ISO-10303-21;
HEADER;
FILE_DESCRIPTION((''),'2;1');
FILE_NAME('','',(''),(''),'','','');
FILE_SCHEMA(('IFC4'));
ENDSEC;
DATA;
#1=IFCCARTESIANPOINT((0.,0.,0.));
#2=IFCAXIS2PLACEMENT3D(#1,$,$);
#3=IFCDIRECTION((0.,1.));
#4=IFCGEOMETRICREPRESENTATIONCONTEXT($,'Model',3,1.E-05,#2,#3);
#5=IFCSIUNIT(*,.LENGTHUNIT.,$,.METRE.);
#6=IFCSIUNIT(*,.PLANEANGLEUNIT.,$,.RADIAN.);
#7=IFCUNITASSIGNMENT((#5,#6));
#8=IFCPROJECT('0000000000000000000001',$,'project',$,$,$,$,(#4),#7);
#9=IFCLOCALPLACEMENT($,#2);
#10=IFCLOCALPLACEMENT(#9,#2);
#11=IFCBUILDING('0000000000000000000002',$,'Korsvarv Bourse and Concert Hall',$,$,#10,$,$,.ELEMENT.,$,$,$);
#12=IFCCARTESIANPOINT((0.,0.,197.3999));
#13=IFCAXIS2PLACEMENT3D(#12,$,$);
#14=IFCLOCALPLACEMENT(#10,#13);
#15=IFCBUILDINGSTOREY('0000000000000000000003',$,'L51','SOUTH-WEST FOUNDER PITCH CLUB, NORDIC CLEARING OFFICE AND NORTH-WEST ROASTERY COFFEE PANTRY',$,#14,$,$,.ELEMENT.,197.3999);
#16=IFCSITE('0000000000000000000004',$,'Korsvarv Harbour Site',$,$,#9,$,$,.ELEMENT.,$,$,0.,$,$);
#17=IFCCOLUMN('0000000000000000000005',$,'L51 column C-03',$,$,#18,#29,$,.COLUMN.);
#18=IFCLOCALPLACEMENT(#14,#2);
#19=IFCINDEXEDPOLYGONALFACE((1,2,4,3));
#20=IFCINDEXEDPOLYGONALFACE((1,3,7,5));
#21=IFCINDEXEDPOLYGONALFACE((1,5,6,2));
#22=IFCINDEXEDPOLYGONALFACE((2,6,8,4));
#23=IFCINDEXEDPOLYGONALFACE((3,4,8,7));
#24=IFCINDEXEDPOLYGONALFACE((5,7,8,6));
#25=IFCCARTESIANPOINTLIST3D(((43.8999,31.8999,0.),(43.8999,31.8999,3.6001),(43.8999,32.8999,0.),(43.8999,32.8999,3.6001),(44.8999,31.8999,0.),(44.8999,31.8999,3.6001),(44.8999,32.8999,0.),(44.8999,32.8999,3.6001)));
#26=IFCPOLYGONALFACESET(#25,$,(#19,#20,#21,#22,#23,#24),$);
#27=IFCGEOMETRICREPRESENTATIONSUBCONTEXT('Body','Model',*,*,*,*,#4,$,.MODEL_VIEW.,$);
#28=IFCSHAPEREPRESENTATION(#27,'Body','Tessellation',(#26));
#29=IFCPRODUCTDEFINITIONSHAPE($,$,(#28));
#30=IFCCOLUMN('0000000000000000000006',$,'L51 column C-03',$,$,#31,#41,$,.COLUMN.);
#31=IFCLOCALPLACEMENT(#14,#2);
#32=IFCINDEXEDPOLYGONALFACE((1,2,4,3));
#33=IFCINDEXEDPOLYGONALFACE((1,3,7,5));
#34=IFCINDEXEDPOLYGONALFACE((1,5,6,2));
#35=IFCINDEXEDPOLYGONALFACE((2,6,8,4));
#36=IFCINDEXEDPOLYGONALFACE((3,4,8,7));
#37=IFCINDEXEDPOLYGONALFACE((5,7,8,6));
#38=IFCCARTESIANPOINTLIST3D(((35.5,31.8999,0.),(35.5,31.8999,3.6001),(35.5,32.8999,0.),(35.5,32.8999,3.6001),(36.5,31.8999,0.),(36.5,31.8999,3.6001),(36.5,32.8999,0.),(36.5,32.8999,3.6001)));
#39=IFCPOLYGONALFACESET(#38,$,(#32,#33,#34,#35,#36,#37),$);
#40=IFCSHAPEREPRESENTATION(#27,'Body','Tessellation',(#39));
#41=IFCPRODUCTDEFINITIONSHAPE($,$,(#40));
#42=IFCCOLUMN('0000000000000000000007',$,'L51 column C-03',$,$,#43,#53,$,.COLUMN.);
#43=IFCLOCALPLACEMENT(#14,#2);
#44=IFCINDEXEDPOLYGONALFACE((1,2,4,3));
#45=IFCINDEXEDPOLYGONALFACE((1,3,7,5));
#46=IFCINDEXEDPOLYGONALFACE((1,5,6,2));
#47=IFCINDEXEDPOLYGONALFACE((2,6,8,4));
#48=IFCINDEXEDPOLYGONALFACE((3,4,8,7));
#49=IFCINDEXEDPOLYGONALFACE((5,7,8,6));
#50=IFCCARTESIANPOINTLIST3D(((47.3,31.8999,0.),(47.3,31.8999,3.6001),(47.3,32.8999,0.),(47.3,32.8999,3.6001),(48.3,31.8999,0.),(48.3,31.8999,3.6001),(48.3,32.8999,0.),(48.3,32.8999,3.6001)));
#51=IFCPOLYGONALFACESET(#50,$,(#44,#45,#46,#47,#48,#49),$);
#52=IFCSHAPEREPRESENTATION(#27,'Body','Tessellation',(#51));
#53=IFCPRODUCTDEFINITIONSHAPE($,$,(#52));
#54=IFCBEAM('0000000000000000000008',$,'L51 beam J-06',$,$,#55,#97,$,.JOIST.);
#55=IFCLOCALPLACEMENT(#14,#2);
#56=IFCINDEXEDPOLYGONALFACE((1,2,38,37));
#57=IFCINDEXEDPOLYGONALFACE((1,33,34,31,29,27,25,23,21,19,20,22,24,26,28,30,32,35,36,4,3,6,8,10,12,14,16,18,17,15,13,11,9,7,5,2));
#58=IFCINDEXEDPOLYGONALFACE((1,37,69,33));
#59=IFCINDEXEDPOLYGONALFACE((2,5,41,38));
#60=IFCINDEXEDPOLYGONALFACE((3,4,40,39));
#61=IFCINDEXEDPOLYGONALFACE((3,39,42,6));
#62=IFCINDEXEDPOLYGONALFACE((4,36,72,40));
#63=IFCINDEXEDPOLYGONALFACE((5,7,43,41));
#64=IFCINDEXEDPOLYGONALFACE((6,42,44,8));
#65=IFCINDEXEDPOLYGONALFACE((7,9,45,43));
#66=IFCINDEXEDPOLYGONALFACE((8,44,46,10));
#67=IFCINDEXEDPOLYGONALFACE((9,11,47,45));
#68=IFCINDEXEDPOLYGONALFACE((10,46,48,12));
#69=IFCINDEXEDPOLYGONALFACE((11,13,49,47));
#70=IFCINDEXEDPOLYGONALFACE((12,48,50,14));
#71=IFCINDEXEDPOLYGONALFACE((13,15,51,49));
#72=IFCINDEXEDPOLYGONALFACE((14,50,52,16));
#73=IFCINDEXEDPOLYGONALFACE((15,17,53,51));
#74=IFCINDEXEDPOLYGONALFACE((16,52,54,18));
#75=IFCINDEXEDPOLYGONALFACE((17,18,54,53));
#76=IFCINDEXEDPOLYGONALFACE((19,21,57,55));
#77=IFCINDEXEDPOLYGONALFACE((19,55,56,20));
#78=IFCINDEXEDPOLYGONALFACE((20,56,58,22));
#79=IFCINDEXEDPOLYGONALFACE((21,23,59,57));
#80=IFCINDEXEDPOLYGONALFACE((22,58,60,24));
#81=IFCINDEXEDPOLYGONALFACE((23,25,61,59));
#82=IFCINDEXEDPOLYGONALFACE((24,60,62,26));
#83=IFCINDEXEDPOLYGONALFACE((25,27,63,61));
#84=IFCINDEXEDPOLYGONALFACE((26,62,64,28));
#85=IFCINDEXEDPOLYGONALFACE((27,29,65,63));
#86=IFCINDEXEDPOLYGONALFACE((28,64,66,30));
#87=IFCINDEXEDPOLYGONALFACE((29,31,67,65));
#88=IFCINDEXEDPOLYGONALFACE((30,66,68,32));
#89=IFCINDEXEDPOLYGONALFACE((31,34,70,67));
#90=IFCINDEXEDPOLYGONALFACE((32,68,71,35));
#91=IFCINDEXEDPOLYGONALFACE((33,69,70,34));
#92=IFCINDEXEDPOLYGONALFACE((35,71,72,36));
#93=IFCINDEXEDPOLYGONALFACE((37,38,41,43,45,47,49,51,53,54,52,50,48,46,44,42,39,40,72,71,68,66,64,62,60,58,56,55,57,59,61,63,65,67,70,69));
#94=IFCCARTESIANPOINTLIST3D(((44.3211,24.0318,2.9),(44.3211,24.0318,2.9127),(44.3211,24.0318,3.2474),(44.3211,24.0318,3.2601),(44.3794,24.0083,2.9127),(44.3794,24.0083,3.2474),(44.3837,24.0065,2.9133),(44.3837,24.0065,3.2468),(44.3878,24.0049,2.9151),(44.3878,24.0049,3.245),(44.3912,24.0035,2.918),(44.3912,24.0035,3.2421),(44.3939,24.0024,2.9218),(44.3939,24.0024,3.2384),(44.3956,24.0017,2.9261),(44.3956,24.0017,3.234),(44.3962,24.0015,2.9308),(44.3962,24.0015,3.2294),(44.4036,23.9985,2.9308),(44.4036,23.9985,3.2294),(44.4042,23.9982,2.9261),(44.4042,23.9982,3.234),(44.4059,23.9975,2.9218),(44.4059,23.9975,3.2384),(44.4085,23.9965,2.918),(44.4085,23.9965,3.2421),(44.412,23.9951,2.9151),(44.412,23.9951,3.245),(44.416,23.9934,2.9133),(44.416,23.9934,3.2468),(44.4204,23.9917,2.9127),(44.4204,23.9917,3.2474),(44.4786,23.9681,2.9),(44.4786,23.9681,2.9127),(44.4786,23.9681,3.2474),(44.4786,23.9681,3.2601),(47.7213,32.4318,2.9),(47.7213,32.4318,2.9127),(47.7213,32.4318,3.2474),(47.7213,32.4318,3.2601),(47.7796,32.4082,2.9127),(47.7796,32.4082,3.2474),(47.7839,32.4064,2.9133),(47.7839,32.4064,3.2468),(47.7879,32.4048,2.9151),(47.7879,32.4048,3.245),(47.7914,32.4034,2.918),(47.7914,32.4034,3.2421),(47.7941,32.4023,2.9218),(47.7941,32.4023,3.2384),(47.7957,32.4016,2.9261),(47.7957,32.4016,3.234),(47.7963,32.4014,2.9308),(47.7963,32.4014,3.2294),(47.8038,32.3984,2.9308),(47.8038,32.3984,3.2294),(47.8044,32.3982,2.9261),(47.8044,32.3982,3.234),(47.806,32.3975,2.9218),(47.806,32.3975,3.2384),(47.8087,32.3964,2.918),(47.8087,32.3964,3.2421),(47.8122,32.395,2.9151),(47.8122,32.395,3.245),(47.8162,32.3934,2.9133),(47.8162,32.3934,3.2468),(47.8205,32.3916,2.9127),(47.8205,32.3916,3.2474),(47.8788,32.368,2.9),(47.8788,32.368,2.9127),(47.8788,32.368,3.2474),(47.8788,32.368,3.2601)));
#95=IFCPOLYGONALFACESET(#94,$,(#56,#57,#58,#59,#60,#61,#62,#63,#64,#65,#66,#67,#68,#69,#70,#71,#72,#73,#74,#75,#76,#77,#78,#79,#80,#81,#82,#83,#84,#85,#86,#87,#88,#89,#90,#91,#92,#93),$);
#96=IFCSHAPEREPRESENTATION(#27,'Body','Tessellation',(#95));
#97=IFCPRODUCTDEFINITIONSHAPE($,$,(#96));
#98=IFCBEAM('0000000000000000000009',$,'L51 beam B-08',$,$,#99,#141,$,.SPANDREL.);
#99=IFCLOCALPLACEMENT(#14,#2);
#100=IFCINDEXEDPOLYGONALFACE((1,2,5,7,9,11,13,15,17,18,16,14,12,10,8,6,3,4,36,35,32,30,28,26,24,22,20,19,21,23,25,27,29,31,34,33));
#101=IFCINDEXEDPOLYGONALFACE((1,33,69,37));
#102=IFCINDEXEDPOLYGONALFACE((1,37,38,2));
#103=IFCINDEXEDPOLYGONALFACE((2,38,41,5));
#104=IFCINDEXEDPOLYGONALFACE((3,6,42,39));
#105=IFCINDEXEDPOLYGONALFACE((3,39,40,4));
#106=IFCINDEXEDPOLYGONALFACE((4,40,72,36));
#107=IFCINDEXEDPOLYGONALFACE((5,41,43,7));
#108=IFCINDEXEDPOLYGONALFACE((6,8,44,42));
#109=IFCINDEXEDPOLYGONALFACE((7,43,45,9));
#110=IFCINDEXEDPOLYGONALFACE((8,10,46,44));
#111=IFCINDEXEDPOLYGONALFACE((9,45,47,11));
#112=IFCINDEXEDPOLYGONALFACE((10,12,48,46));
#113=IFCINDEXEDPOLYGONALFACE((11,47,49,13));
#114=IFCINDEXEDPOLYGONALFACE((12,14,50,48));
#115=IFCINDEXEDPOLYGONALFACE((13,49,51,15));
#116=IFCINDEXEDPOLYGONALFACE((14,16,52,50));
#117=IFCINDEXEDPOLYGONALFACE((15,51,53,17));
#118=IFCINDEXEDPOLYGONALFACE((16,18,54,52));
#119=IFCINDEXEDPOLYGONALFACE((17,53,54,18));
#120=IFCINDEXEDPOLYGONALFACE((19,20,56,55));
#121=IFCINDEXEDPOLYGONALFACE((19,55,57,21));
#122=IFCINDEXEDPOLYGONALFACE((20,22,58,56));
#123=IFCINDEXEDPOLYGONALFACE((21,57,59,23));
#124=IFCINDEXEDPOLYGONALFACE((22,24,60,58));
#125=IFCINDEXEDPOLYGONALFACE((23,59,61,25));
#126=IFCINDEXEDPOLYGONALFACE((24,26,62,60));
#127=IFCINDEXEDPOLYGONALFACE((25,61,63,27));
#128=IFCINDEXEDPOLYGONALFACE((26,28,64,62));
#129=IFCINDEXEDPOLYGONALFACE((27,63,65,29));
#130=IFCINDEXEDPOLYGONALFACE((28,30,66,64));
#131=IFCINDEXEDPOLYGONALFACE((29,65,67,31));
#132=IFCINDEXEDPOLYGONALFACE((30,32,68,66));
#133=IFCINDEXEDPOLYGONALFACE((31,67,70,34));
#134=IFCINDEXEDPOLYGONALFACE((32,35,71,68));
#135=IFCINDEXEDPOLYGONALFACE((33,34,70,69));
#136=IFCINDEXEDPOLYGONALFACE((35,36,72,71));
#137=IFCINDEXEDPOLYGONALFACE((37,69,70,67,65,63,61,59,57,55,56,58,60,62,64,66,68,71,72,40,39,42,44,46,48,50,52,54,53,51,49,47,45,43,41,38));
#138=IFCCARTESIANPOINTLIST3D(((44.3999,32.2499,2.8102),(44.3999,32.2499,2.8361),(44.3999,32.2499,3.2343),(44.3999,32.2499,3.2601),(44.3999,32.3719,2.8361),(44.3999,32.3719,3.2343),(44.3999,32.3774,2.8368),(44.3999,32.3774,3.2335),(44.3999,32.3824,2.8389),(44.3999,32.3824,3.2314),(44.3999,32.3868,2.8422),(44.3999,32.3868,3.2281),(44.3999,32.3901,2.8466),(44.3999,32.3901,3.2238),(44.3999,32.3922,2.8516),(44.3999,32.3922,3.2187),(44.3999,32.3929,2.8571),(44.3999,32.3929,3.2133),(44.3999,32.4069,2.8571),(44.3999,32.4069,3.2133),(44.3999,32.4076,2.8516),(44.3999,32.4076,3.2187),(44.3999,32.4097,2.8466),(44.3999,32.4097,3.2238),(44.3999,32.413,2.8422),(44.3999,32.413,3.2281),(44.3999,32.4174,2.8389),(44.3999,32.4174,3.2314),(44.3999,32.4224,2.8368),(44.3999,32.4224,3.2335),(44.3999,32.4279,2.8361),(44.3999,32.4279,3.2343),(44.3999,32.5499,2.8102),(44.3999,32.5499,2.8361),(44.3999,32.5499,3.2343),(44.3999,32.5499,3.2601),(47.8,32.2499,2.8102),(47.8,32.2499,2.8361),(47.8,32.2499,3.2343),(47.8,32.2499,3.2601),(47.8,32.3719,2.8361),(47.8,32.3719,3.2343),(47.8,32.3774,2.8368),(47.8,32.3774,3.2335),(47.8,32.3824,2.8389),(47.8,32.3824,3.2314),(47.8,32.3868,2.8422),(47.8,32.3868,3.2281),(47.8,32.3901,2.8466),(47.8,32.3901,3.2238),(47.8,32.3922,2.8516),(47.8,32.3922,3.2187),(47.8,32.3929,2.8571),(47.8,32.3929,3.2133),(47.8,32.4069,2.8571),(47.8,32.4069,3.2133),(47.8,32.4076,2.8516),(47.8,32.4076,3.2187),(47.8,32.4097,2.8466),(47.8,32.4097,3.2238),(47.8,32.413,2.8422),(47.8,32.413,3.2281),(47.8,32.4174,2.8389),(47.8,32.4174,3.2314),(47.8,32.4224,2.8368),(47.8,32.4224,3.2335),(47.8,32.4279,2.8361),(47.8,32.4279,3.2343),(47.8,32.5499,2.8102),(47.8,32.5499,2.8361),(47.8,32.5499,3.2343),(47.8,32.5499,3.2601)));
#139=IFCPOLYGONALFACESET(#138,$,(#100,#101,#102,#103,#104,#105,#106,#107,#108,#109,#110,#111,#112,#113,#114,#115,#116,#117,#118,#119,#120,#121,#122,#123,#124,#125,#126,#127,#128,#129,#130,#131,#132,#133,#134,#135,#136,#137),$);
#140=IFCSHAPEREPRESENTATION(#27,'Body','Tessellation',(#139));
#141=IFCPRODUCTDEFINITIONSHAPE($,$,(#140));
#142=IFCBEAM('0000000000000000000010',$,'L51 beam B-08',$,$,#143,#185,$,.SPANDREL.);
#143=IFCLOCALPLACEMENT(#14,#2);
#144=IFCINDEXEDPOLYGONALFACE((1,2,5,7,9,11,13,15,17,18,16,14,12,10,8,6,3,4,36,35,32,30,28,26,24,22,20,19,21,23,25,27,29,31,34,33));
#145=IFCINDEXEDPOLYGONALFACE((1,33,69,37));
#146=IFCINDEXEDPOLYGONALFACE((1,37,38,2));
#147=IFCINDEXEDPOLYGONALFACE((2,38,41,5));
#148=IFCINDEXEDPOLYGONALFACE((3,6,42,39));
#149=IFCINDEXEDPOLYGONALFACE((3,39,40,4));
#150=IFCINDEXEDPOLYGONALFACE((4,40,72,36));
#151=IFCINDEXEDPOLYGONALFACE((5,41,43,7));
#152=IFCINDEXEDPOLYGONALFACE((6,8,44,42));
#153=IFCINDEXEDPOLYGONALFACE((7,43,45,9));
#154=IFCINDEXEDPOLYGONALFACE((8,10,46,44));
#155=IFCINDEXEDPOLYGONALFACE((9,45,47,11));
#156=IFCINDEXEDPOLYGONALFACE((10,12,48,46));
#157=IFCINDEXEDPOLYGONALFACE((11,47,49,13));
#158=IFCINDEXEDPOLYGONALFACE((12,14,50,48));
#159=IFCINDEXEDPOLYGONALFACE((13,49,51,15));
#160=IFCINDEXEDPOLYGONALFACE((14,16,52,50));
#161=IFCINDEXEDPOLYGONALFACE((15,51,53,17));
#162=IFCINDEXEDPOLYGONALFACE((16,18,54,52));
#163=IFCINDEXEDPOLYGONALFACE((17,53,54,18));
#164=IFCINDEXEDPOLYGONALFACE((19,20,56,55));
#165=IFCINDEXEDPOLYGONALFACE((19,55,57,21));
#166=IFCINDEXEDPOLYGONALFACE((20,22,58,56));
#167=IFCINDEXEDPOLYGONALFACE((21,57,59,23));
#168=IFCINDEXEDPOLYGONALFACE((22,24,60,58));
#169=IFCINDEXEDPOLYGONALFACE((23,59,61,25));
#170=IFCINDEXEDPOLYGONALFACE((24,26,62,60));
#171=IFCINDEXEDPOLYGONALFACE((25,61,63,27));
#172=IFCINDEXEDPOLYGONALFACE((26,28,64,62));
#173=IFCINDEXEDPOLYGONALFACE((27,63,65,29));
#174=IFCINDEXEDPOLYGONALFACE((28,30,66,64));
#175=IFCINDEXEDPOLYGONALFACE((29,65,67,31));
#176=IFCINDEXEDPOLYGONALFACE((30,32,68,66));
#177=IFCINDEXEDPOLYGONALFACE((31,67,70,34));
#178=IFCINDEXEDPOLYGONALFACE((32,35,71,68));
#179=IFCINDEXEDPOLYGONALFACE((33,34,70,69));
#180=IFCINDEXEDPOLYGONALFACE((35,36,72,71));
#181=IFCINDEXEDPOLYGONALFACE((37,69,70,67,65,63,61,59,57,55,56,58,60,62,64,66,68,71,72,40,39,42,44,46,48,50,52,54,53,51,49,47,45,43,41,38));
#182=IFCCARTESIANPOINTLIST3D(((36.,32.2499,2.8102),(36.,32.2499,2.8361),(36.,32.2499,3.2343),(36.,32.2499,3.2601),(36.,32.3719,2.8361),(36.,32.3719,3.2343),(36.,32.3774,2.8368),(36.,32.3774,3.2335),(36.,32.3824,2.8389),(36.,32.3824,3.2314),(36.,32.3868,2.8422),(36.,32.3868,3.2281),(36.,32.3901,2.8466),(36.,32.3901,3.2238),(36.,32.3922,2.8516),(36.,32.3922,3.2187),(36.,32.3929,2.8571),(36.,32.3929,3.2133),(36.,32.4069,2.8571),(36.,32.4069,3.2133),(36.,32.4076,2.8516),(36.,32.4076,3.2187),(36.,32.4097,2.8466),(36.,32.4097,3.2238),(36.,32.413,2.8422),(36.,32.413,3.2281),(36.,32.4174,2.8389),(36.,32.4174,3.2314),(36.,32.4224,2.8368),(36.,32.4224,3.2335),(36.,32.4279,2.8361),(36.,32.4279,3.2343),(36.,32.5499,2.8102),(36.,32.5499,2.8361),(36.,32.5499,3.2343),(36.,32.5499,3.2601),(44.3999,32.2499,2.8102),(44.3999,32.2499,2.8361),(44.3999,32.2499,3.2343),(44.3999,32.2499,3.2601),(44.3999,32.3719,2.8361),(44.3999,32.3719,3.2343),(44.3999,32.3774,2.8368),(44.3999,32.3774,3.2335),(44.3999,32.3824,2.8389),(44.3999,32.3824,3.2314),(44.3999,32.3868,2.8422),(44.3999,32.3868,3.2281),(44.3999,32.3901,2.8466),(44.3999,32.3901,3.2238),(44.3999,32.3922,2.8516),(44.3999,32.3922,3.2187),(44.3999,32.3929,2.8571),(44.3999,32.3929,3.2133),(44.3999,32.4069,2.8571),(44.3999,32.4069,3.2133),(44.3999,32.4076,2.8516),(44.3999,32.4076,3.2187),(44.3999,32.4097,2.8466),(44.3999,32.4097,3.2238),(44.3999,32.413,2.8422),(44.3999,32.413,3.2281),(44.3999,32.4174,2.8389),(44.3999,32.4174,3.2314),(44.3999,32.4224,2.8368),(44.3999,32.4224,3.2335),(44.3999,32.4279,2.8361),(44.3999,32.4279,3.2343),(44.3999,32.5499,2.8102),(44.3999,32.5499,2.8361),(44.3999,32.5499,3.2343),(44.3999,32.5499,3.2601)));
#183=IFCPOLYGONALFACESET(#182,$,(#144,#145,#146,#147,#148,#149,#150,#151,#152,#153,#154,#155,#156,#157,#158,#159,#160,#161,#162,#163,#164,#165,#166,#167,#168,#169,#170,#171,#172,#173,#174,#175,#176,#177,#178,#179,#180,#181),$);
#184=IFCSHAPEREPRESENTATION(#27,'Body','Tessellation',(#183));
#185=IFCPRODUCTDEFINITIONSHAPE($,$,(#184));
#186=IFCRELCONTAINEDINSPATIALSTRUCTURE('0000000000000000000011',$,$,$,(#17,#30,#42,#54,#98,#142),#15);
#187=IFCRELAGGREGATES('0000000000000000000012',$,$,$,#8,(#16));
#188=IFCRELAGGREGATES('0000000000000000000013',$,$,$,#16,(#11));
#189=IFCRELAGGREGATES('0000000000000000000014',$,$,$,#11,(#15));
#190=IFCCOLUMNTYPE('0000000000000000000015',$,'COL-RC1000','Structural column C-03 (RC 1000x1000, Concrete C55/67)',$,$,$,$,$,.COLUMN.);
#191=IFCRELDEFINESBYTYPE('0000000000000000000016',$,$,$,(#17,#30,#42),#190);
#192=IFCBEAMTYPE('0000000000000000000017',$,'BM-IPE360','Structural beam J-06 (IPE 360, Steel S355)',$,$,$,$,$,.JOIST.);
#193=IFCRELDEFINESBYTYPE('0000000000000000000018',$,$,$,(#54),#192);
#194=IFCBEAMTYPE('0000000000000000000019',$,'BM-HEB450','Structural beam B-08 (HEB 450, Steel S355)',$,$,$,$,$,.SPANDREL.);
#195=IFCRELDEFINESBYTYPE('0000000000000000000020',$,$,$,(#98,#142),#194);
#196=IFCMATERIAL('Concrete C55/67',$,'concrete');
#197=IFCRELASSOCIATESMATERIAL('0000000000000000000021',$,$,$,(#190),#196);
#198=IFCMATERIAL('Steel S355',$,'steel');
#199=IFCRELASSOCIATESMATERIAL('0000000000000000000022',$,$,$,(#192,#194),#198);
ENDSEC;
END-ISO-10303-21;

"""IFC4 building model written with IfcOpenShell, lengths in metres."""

from ifc_helpers import new_model, si_unit, direction, frame, origin, origin_2d, place, context, subcontext, project, spatial, rectangle, i_section, extrude, source, transform, mapped, material, material_profile, profile_set, type_object, element, save


model = new_model("IFC4")

# Units and contexts
model_context = context("Model", 3, precision=1e-05, world=origin(), true_north=direction((0.0, 1.0)))
body_context = subcontext(model_context, "Body", "Model", "MODEL_VIEW")
ifc_project = project(units=[si_unit("LENGTHUNIT", "METRE"), si_unit("PLANEANGLEUNIT", "RADIAN")], contexts=[model_context])

# Site, building, storey
site_placement = place(None, origin())
site = spatial("IfcSite", under=ifc_project, at=site_placement, Name="Korsvarv Harbour Site", CompositionType="ELEMENT", RefElevation=0.0)
building_placement = place(site_placement, origin())
building = spatial("IfcBuilding", under=site, at=building_placement, Name="Korsvarv Bourse and Concert Hall", CompositionType="ELEMENT")
storey_placement = place(building_placement, frame((0.0, 0.0, 197.3999)))
storey = spatial("IfcBuildingStorey", under=building, at=storey_placement, Name="L51", Description="SOUTH-WEST FOUNDER PITCH CLUB, NORDIC CLEARING OFFICE AND NORTH-WEST ROASTERY COFFEE PANTRY", CompositionType="ELEMENT", Elevation=197.3999)

# Columns
ifc_material_1 = material(Name="Concrete C55/67", Category="concrete")
ifc_material_profile_1 = material_profile(ifc_material_1, rectangle(XDim=1.0, YDim=1.0, at=origin_2d()), Name="RC 1000x1000")
ifc_profile_set_1 = profile_set([ifc_material_profile_1], Name="Concrete C55/67")
column_type = type_object("IfcColumnType", Name="COL-RC1000", Description="Structural column C-03 (RC 1000x1000, Concrete C55/67)", PredefinedType="COLUMN", material=ifc_profile_set_1)
shared_shape_1 = source(origin(), body_context, "Body", "SweptSolid", [
    extrude(rectangle(XDim=1.0, YDim=1.0, at=origin_2d()), origin(), (0.0, 0.0, 1.0), 3.6001),
])
for number, where, z_axis, x_axis, name in (
    (1, (44.3999, 32.3999, 0.0), (0.0, 0.0, 1.0), (1.0, 0.0, 0.0), "L51 column C-03"),
    (2, (36.0, 32.3999, 0.0), (0.0, 0.0, 1.0), (1.0, 0.0, 0.0), "L51 column C-03"),
    (3, (47.8, 32.3999, 0.0), (0.0, 0.0, 1.0), (1.0, 0.0, 0.0), "L51 column C-03"),
):
    element("IfcColumn", number, at=place(storey_placement, frame(where, z_axis=z_axis, x_axis=x_axis)), inside=storey, type_object=column_type, Name=name, PredefinedType="COLUMN", context=body_context, shape_type="MappedRepresentation", body=[
        mapped(shared_shape_1, transform((0.0, 0.0, 0.0), scale=1.0)),
    ])

# Beams
ifc_material_2 = material(Name="Steel S355", Category="steel")
ifc_material_profile_2 = material_profile(ifc_material_2, i_section(OverallWidth=0.1699, OverallDepth=0.3601, WebThickness=0.0081, FlangeThickness=0.0127, FilletRadius=0.0181, at=origin_2d()), Name="IPE 360")
ifc_profile_set_2 = profile_set([ifc_material_profile_2], Name="Steel S355")
beam_type_1 = type_object("IfcBeamType", Name="BM-IPE360", Description="Structural beam J-06 (IPE 360, Steel S355)", PredefinedType="JOIST", material=ifc_profile_set_2)
shared_shape_2 = source(origin(), body_context, "Body", "SweptSolid", [
    extrude(i_section(OverallWidth=0.1699, OverallDepth=0.3601, WebThickness=0.0081, FlangeThickness=0.0127, FilletRadius=0.0181, at=origin_2d()), origin(), (0.0, 0.0, 1.0), 9.062),
])
beam_1_placement = place(storey_placement, frame((47.8, 32.3999, 3.0801), z_axis=(-0.37521, -0.92694, 0.0), x_axis=(0.92694, -0.37521, 0.0)))
element("IfcBeam", 4, at=beam_1_placement, inside=storey, type_object=beam_type_1, Name="L51 beam J-06", PredefinedType="JOIST", context=body_context, shape_type="MappedRepresentation", body=[
    mapped(shared_shape_2, transform((0.0, 0.0, 0.0), scale=1.0)),
])
ifc_material_profile_3 = material_profile(ifc_material_2, i_section(OverallWidth=0.3, OverallDepth=0.45, WebThickness=0.0139, FlangeThickness=0.0259, FilletRadius=0.021, at=origin_2d()), Name="HEB 450")
ifc_profile_set_3 = profile_set([ifc_material_profile_3], Name="Steel S355")
beam_type_2 = type_object("IfcBeamType", Name="BM-HEB450", Description="Structural beam B-08 (HEB 450, Steel S355)", PredefinedType="SPANDREL", material=ifc_profile_set_3)
shared_shape_3 = source(origin(), body_context, "Body", "SweptSolid", [
    extrude(i_section(OverallWidth=0.3, OverallDepth=0.45, WebThickness=0.0139, FlangeThickness=0.0259, FilletRadius=0.021, at=origin_2d()), origin(), (0.0, 0.0, 1.0), 3.4001),
])
beam_2_placement = place(storey_placement, frame((44.3999, 32.3999, 3.0352), z_axis=(1.0, 0.0, 0.0), x_axis=(0.0, 1.0, 0.0)))
element("IfcBeam", 5, at=beam_2_placement, inside=storey, type_object=beam_type_2, Name="L51 beam B-08", PredefinedType="SPANDREL", context=body_context, shape_type="MappedRepresentation", body=[
    mapped(shared_shape_3, transform((0.0, 0.0, 0.0), scale=1.0)),
])
shared_shape_4 = source(origin(), body_context, "Body", "SweptSolid", [
    extrude(i_section(OverallWidth=0.3, OverallDepth=0.45, WebThickness=0.0139, FlangeThickness=0.0259, FilletRadius=0.021, at=origin_2d()), origin(), (0.0, 0.0, 1.0), 8.3999),
])
beam_3_placement = place(storey_placement, frame((36.0, 32.3999, 3.0352), z_axis=(1.0, 0.0, 0.0), x_axis=(0.0, 1.0, 0.0)))
element("IfcBeam", 6, at=beam_3_placement, inside=storey, type_object=beam_type_2, Name="L51 beam B-08", PredefinedType="SPANDREL", context=body_context, shape_type="MappedRepresentation", body=[
    mapped(shared_shape_4, transform((0.0, 0.0, 0.0), scale=1.0)),
])

save(model, "model.ifc")
